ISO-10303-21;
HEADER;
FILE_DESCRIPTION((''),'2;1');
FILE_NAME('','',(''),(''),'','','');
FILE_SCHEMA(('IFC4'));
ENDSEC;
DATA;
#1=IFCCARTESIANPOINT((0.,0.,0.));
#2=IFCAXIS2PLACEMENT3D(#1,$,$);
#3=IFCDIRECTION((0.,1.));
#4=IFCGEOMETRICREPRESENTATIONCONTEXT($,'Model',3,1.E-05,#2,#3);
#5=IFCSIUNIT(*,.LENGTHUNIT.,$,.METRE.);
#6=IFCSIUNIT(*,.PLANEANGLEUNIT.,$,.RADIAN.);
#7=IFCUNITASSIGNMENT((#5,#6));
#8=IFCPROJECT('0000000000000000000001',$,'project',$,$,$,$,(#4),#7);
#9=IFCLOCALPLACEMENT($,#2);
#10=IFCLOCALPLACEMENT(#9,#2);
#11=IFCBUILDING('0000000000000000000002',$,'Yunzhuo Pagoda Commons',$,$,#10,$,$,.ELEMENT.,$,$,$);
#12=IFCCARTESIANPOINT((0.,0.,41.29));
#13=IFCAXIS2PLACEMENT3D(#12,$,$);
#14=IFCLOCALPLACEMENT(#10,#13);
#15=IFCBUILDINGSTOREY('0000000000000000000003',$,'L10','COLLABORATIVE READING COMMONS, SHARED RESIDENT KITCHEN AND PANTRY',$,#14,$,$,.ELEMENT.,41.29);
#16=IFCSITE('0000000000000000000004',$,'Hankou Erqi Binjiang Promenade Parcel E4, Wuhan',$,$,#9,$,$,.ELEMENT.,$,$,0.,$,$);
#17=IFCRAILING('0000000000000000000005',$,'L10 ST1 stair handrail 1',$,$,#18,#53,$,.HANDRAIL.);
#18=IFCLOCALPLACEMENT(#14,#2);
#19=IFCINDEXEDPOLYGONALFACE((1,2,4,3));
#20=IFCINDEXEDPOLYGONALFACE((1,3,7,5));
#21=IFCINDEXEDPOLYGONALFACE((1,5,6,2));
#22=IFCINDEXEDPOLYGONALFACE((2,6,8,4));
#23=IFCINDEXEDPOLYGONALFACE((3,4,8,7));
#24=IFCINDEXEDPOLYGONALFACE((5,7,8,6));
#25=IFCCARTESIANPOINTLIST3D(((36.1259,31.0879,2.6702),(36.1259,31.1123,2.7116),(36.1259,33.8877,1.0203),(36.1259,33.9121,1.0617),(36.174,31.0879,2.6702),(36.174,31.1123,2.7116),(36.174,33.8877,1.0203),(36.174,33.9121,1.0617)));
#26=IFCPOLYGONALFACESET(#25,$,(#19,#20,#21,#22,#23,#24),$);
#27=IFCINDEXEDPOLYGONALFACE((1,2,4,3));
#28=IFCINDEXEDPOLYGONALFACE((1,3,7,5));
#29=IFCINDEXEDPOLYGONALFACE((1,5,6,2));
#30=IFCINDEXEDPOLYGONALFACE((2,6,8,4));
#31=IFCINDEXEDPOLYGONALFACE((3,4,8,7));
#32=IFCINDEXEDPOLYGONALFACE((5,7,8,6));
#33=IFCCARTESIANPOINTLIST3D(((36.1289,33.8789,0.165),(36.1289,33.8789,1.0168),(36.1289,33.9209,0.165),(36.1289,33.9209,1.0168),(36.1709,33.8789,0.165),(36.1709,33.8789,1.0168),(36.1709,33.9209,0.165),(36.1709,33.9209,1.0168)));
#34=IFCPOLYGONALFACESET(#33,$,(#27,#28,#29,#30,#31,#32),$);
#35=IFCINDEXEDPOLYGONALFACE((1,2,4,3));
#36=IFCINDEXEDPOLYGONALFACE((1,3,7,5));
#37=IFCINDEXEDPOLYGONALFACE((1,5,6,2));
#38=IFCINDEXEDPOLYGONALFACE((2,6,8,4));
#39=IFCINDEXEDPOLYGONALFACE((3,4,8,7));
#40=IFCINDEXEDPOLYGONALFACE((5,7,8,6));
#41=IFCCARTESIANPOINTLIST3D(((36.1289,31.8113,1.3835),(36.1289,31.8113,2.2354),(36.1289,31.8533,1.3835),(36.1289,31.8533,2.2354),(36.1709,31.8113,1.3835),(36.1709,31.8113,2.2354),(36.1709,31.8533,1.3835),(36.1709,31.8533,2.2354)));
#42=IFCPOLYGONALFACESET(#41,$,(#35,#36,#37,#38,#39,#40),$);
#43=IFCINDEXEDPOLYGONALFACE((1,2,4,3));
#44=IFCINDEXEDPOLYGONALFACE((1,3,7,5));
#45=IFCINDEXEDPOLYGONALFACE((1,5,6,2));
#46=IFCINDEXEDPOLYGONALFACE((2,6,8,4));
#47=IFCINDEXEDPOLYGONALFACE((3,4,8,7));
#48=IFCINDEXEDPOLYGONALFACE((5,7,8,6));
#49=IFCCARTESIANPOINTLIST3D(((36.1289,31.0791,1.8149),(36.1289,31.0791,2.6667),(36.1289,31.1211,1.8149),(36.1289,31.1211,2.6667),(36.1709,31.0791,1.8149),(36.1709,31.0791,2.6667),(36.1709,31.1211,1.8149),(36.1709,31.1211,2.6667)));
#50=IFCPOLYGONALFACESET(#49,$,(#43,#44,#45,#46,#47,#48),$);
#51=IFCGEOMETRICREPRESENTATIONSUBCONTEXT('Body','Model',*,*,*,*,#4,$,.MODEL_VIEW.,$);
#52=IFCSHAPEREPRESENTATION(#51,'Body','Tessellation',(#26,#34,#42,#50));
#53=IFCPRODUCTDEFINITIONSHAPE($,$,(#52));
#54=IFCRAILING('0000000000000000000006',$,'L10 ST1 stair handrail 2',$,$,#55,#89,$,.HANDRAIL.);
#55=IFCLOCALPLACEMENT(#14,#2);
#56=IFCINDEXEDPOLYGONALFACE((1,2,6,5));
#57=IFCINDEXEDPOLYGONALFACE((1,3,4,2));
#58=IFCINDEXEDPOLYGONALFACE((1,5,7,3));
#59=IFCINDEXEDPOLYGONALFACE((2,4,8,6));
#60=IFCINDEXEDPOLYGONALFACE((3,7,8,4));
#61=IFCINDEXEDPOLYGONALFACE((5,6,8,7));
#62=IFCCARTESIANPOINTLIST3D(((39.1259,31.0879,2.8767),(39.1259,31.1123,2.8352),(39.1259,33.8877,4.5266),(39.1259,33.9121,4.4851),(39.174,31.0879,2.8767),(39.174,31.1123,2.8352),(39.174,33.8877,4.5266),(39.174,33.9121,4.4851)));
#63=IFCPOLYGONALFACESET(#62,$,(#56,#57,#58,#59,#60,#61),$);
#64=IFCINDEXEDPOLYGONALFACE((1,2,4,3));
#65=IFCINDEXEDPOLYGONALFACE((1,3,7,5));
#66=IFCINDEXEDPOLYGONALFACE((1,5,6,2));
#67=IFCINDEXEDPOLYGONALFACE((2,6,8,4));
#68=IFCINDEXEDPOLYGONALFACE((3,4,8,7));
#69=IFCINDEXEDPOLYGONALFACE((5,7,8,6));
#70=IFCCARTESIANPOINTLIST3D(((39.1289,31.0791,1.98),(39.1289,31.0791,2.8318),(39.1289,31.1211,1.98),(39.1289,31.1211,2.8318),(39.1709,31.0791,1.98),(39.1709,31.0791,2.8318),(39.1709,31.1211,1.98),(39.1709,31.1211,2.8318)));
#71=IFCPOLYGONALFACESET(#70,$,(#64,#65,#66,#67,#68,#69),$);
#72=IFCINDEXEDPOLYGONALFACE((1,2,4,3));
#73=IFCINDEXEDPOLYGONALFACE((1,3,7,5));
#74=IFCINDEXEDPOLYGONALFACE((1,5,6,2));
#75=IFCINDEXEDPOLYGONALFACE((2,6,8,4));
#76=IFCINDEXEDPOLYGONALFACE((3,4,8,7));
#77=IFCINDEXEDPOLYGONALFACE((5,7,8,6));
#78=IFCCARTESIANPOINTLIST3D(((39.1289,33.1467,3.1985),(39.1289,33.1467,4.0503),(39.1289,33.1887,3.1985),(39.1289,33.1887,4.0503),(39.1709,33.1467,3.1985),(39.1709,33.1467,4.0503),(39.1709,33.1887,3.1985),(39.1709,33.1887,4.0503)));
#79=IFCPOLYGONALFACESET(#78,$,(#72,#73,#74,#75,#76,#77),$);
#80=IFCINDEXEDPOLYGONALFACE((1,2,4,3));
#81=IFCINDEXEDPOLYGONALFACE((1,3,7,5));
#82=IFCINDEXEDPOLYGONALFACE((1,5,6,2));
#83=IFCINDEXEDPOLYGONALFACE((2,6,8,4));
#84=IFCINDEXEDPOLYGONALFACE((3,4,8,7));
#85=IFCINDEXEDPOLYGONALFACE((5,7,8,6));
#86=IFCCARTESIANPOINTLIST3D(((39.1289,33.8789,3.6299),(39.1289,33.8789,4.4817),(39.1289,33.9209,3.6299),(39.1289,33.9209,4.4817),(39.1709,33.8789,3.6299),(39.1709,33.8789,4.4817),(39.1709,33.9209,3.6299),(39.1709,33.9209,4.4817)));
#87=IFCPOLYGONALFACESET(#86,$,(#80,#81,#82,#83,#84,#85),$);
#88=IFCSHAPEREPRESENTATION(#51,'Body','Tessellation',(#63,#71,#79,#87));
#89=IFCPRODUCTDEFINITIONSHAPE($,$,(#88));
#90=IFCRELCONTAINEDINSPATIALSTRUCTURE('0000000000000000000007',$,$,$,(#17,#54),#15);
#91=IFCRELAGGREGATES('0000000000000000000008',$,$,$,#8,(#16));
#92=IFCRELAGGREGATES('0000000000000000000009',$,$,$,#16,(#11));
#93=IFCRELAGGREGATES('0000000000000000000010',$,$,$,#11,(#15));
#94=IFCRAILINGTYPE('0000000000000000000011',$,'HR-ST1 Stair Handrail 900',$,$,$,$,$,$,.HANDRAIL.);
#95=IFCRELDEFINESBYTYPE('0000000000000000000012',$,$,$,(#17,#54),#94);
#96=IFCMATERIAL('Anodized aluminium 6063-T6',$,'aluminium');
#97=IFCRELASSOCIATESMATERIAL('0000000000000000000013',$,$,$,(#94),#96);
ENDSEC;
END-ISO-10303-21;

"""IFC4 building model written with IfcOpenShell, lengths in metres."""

from ifc_helpers import new_model, si_unit, direction, frame, origin, origin_2d, place, context, subcontext, project, spatial, rectangle, extrude, material, type_object, element, save


model = new_model("IFC4")

# Units and contexts
model_context = context("Model", 3, precision=1e-05, world=origin(), true_north=direction((0.0, 1.0)))
body_context = subcontext(model_context, "Body", "Model", "MODEL_VIEW")
ifc_project = project(units=[si_unit("LENGTHUNIT", "METRE"), si_unit("PLANEANGLEUNIT", "RADIAN")], contexts=[model_context])

# Site, building, storey
site_placement = place(None, origin())
site = spatial("IfcSite", under=ifc_project, at=site_placement, Name="Hankou Erqi Binjiang Promenade Parcel E4, Wuhan", CompositionType="ELEMENT", RefElevation=0.0)
building_placement = place(site_placement, origin())
building = spatial("IfcBuilding", under=site, at=building_placement, Name="Yunzhuo Pagoda Commons", CompositionType="ELEMENT")
storey_placement = place(building_placement, frame((0.0, 0.0, 41.29)))
storey = spatial("IfcBuildingStorey", under=building, at=storey_placement, Name="L10", Description="COLLABORATIVE READING COMMONS, SHARED RESIDENT KITCHEN AND PANTRY", CompositionType="ELEMENT", Elevation=41.29)

# Railings
ifc_material_1 = material(Name="Anodized aluminium 6063-T6", Category="aluminium")
railing_type_1 = type_object("IfcRailingType", Name="HR-ST1 Stair Handrail 900", PredefinedType="HANDRAIL", material=ifc_material_1)
railing_1_placement = place(storey_placement, frame((36.1499, 33.8999, 0.165)))
element("IfcRailing", 1, at=railing_1_placement, inside=storey, type_object=railing_type_1, Name="L10 ST1 stair handrail 1", PredefinedType="HANDRAIL", context=body_context, shape_type="SweptSolid", body=[
    extrude(rectangle(XDim=0.0481, YDim=0.0481, at=origin_2d()), frame((0.0, 0.0, 0.876), z_axis=(0.0, -0.861536, 0.507696), x_axis=(1.0, 0.0, 0.0)), (0.0, 0.0, 1.0), 3.2498),
    extrude(rectangle(XDim=0.042, YDim=0.042, at=origin_2d()), origin(), (0.0, 0.0, 1.0), 0.8518),
    extrude(rectangle(XDim=0.042, YDim=0.042, at=origin_2d()), frame((0.0, -2.0676, 1.2185)), (0.0, 0.0, 1.0), 0.8518),
    extrude(rectangle(XDim=0.042, YDim=0.042, at=origin_2d()), frame((0.0, -2.7998, 1.6499)), (0.0, 0.0, 1.0), 0.8518),
])
railing_2_placement = place(storey_placement, frame((39.1499, 31.1001, 1.98)))
element("IfcRailing", 2, at=railing_2_placement, inside=storey, type_object=railing_type_1, Name="L10 ST1 stair handrail 2", PredefinedType="HANDRAIL", context=body_context, shape_type="SweptSolid", body=[
    extrude(rectangle(XDim=0.0481, YDim=0.0481, at=origin_2d()), frame((0.0, 0.0, 0.876), z_axis=(0.0, 0.861536, 0.507696), x_axis=(-1.0, 0.0, 0.0)), (0.0, 0.0, 1.0), 3.2498),
    extrude(rectangle(XDim=0.042, YDim=0.042, at=origin_2d()), origin(), (0.0, 0.0, 1.0), 0.8518),
    extrude(rectangle(XDim=0.042, YDim=0.042, at=origin_2d()), frame((0.0, 2.0676, 1.2185)), (0.0, 0.0, 1.0), 0.8518),
    extrude(rectangle(XDim=0.042, YDim=0.042, at=origin_2d()), frame((0.0, 2.7998, 1.6499)), (0.0, 0.0, 1.0), 0.8518),
])

save(model, "model.ifc")
